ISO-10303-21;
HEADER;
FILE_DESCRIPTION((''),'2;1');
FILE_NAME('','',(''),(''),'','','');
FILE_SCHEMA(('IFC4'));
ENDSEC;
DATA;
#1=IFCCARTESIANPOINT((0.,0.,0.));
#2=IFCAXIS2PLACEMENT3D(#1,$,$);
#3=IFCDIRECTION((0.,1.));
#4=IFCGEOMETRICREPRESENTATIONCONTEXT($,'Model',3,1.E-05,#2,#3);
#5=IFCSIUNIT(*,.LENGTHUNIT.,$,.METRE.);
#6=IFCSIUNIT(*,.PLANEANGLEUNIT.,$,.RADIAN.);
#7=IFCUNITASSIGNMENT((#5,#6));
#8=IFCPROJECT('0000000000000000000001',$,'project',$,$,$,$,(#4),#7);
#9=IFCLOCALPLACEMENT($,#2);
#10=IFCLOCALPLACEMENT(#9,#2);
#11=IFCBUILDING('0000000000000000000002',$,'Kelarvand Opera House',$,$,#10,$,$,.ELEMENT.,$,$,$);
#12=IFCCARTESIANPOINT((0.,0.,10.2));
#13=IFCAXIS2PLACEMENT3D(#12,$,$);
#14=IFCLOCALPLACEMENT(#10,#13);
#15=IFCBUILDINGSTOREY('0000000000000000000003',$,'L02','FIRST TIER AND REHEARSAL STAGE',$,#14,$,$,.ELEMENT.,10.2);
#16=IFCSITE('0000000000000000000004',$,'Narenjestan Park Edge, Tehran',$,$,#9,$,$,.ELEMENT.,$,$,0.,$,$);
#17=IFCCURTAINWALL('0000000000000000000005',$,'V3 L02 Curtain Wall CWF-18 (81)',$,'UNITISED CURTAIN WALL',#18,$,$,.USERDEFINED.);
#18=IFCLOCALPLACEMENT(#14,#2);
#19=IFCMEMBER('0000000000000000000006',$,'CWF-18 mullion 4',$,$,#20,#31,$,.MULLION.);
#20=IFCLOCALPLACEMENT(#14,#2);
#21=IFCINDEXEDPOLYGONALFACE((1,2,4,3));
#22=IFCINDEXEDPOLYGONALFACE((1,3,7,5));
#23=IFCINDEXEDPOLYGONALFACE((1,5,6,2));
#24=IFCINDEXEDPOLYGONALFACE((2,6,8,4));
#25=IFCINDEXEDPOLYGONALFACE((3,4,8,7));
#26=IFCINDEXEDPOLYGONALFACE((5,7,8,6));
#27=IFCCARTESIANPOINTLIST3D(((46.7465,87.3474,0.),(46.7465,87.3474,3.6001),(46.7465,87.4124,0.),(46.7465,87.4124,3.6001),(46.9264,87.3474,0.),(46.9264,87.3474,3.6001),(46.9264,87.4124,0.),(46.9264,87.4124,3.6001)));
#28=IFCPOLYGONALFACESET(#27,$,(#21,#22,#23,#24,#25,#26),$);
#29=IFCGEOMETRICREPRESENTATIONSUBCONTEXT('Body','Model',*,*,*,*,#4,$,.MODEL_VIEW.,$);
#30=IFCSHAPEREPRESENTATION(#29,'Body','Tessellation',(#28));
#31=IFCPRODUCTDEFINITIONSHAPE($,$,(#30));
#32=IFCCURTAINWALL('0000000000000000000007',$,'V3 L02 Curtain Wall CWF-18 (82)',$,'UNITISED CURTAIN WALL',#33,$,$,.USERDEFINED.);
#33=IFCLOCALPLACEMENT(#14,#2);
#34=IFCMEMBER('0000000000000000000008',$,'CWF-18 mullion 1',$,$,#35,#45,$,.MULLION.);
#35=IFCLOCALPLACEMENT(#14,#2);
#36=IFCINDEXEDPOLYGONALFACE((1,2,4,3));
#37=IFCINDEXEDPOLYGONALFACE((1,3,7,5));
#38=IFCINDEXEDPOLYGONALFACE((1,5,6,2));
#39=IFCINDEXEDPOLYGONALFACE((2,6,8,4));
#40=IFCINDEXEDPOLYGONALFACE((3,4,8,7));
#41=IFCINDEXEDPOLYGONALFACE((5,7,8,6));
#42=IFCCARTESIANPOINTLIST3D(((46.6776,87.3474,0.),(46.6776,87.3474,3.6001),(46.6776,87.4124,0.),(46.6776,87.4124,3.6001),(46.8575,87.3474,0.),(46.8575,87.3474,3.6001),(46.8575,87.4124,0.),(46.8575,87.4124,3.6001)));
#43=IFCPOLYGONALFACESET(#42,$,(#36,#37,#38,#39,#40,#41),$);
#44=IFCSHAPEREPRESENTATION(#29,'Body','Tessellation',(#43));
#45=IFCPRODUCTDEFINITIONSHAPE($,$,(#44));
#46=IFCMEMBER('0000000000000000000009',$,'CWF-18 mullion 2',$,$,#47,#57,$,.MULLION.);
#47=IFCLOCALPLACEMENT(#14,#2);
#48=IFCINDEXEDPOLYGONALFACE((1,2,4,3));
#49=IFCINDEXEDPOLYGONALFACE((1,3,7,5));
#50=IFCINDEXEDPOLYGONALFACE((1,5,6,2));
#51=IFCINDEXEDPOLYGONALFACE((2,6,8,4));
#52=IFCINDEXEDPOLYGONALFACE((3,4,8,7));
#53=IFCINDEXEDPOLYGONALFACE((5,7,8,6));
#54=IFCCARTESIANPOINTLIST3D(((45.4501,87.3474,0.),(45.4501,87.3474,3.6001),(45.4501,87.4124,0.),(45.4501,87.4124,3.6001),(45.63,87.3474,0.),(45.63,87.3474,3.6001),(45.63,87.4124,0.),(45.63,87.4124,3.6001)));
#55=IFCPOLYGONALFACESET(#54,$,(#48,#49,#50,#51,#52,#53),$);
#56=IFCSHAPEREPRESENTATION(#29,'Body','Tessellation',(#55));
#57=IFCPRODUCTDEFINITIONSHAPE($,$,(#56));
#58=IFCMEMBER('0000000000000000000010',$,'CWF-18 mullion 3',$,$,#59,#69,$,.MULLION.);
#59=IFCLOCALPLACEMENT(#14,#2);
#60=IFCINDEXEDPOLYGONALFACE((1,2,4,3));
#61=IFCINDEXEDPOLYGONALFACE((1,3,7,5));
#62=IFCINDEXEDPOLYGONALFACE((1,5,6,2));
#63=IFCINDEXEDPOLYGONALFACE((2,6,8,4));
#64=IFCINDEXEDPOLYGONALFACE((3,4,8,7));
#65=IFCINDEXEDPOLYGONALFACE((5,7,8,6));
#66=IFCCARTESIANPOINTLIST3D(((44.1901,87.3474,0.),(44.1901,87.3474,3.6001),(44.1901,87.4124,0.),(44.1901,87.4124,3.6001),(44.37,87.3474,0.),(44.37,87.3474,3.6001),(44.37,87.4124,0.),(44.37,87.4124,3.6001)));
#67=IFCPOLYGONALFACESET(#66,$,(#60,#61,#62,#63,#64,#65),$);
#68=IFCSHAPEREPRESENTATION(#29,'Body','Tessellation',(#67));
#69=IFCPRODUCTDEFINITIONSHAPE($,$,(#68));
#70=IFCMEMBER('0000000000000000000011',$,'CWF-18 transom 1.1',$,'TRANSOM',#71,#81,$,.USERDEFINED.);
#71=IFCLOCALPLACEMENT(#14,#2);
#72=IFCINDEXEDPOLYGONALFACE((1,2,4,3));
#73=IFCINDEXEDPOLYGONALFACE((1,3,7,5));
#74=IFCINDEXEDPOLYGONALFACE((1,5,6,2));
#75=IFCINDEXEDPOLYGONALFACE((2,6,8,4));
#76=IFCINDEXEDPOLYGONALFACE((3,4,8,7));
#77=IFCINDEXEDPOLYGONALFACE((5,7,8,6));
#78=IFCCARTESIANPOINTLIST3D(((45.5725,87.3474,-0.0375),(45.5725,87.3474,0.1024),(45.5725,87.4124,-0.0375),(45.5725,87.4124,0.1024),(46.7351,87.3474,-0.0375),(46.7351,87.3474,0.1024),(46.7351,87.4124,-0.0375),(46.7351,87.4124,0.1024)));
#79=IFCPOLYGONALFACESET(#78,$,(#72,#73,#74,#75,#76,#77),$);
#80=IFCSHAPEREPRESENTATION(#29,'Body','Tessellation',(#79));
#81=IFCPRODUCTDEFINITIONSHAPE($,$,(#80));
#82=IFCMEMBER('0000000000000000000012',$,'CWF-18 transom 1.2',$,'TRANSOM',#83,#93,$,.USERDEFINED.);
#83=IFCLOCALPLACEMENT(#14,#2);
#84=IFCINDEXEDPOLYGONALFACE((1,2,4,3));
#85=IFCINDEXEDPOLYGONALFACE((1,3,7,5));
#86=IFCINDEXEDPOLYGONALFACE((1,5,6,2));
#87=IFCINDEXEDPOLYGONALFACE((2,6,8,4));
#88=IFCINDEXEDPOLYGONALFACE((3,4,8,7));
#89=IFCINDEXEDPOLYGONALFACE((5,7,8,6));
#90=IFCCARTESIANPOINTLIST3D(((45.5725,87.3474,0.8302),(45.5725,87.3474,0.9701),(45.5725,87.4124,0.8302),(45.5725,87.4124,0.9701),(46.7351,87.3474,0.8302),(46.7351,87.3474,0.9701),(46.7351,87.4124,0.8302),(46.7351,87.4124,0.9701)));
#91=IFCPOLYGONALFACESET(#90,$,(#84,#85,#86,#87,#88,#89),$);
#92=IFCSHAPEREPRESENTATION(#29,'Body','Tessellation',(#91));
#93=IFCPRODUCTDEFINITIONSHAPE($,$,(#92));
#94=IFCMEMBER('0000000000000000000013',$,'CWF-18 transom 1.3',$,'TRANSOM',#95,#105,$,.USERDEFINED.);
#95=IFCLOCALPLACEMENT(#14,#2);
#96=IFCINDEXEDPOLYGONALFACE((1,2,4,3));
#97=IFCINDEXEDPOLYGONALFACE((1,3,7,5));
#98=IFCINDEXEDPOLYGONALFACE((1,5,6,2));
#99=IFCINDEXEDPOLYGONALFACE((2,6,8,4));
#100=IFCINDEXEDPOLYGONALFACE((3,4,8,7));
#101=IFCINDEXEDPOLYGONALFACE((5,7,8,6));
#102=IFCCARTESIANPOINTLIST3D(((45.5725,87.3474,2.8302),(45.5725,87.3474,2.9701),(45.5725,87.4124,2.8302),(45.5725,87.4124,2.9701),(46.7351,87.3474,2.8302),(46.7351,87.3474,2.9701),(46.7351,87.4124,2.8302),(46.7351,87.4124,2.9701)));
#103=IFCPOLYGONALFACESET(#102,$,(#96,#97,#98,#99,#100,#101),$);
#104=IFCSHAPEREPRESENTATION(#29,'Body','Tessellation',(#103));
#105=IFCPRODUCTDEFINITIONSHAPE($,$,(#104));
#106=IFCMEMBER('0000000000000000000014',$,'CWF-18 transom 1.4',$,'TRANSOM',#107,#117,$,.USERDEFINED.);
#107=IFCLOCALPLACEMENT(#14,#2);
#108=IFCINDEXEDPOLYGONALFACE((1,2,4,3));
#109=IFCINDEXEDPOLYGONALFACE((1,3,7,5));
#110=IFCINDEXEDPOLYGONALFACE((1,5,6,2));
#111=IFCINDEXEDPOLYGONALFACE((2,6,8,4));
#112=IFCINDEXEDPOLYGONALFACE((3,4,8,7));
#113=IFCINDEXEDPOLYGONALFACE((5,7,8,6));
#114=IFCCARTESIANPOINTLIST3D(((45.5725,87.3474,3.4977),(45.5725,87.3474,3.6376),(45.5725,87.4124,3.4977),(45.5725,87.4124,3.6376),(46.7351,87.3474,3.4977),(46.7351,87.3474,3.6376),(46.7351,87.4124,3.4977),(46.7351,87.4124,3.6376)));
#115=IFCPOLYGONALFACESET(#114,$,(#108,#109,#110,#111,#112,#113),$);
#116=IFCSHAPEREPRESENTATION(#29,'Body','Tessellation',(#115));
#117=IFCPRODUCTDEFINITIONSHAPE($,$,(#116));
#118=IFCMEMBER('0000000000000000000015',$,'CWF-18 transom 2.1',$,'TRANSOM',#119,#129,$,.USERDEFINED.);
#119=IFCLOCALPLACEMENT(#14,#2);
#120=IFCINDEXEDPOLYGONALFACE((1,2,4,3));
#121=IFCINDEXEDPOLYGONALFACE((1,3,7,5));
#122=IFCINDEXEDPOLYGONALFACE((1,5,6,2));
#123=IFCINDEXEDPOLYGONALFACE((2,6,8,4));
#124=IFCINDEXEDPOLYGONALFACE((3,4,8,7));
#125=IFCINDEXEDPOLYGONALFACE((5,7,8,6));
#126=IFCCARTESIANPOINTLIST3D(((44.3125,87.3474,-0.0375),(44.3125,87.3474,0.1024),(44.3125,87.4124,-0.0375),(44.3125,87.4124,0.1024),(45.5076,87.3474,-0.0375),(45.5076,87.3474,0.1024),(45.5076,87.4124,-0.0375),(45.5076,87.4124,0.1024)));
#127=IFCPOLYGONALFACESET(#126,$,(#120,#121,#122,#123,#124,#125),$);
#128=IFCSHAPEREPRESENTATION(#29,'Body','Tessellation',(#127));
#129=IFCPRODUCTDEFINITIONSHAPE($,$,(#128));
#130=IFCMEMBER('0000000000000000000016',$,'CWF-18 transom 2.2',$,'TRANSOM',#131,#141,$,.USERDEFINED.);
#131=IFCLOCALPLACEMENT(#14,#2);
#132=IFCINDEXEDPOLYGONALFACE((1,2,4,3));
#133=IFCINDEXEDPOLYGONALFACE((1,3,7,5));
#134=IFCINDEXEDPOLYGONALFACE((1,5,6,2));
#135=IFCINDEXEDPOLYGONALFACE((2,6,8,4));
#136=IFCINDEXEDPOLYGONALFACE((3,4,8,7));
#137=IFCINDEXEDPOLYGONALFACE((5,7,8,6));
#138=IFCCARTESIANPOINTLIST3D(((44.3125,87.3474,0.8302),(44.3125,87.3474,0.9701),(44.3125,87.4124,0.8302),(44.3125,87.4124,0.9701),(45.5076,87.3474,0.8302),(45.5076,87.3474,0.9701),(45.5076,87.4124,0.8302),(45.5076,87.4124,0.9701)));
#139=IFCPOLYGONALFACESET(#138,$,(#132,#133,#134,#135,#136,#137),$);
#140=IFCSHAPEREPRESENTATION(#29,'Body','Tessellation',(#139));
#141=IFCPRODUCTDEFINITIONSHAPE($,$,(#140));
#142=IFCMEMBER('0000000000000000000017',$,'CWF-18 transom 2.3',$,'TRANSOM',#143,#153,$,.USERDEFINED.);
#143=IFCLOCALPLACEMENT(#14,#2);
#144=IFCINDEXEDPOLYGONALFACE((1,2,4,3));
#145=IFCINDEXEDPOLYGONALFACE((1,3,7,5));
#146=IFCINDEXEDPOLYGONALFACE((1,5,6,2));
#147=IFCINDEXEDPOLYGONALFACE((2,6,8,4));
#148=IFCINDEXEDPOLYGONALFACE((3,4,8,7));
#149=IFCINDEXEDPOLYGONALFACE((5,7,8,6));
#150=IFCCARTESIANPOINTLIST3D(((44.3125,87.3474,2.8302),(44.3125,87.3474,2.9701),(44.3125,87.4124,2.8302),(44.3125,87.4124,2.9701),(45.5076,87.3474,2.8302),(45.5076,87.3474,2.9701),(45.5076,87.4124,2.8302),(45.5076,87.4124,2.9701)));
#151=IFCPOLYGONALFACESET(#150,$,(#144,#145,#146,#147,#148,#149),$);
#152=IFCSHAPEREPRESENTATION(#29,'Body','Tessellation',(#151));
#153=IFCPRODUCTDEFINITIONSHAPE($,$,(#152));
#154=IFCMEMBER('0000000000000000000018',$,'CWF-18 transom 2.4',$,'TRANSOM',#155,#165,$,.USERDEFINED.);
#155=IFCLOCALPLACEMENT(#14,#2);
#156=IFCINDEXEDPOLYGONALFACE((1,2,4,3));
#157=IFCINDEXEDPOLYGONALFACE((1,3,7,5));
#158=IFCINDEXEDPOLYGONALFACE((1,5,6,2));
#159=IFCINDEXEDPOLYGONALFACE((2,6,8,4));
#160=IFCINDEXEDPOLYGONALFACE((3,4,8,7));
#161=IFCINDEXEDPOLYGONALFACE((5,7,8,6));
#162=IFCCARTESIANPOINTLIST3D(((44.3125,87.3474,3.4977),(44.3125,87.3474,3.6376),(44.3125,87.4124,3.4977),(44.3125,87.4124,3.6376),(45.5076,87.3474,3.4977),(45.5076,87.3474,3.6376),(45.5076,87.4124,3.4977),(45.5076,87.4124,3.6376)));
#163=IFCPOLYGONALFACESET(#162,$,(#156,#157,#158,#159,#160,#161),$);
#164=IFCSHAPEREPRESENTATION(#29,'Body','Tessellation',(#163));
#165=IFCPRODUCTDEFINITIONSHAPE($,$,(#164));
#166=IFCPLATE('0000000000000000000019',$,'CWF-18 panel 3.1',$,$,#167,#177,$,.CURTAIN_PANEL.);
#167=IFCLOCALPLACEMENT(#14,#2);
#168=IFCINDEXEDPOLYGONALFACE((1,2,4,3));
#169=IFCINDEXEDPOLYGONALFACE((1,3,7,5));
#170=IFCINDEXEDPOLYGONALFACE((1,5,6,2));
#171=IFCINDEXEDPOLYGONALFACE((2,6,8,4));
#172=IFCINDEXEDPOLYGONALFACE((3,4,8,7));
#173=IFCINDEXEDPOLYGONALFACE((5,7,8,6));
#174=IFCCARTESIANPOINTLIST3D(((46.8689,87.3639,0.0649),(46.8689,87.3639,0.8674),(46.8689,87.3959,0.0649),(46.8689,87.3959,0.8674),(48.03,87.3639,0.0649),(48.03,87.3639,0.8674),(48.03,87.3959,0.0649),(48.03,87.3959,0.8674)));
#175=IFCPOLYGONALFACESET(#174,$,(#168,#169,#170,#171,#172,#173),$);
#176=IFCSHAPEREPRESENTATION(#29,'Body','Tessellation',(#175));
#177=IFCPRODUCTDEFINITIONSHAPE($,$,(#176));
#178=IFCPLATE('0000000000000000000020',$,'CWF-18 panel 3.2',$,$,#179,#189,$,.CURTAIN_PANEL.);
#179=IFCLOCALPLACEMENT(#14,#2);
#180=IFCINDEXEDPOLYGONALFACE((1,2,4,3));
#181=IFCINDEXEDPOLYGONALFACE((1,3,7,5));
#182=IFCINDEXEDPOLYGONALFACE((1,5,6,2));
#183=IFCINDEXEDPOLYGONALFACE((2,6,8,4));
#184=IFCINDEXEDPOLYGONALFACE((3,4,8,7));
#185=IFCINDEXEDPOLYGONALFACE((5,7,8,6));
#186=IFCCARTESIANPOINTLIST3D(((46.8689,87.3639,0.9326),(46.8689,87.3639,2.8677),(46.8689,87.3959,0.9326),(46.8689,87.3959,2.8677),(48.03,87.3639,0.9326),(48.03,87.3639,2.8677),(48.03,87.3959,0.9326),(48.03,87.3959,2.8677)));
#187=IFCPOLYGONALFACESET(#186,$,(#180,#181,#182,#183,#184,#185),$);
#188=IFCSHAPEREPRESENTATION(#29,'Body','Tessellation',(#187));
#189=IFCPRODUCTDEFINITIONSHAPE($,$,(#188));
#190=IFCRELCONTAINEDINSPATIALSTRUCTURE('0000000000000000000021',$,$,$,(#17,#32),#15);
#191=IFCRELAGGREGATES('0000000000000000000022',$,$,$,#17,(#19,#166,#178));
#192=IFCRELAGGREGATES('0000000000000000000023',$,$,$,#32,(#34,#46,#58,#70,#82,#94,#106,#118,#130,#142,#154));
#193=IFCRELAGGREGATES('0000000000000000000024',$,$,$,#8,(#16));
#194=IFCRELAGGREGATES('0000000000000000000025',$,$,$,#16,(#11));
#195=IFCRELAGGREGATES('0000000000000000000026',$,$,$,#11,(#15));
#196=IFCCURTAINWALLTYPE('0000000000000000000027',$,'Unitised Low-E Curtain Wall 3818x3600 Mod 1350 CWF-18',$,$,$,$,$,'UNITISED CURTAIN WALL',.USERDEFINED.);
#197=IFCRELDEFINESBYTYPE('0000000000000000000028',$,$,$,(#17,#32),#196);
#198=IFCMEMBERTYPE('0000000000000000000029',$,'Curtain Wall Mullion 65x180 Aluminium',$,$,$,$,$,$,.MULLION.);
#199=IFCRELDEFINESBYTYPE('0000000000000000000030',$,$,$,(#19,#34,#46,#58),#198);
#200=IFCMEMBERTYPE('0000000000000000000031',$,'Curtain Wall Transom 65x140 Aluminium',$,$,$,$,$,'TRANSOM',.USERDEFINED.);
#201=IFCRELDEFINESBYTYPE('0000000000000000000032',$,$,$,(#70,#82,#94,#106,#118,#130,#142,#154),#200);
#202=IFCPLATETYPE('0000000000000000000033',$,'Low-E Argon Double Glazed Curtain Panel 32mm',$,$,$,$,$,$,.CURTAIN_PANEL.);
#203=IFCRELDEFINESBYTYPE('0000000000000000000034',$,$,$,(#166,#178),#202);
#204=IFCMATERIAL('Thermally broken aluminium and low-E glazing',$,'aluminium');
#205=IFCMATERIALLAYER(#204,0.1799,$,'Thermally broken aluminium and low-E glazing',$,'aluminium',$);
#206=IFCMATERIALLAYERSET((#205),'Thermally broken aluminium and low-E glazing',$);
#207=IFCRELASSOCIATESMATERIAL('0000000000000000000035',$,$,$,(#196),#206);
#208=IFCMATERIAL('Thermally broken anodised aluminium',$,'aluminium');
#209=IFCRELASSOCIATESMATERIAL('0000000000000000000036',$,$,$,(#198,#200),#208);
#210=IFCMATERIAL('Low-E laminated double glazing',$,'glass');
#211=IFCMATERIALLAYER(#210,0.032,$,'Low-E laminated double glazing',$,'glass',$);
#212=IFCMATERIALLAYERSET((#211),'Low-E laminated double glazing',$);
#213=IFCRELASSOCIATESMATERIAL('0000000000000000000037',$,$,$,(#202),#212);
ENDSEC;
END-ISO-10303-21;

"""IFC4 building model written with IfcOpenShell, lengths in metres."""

from ifc_helpers import new_model, si_unit, direction, frame, origin, origin_2d, place, context, subcontext, project, spatial, rectangle, extrude, material, layer, layer_set, material_profile, profile_set, type_object, element, aggregate, save


model = new_model("IFC4")

# Units and contexts
model_context = context("Model", 3, precision=1e-05, world=origin(), true_north=direction((0.0, 1.0)))
body_context = subcontext(model_context, "Body", "Model", "MODEL_VIEW")
ifc_project = project(units=[si_unit("LENGTHUNIT", "METRE"), si_unit("PLANEANGLEUNIT", "RADIAN")], contexts=[model_context])

# Site, building, storey
site_placement = place(None, origin())
site = spatial("IfcSite", under=ifc_project, at=site_placement, Name="Narenjestan Park Edge, Tehran", CompositionType="ELEMENT", RefElevation=0.0)
building_placement = place(site_placement, origin())
building = spatial("IfcBuilding", under=site, at=building_placement, Name="Kelarvand Opera House", CompositionType="ELEMENT")
storey_placement = place(building_placement, frame((0.0, 0.0, 10.2)))
storey = spatial("IfcBuildingStorey", under=building, at=storey_placement, Name="L02", Description="FIRST TIER AND REHEARSAL STAGE", CompositionType="ELEMENT", Elevation=10.2)

# Curtain wall, member
ifc_material_1 = material(Name="Thermally broken aluminium and low-E glazing", Category="aluminium")
ifc_layer_1 = layer(ifc_material_1, 0.1799, Name="Thermally broken aluminium and low-E glazing", Category="aluminium")
ifc_layer_set_1 = layer_set([ifc_layer_1], Name="Thermally broken aluminium and low-E glazing")
curtain_wall_type = type_object("IfcCurtainWallType", Name="Unitised Low-E Curtain Wall 3818x3600 Mod 1350 CWF-18", ElementType="UNITISED CURTAIN WALL", PredefinedType="USERDEFINED", material=ifc_layer_set_1)
curtain_wall_1_placement = place(storey_placement, origin())
curtain_wall_1 = element("IfcCurtainWall", 1, at=curtain_wall_1_placement, inside=storey, type_object=curtain_wall_type, Name="V3 L02 Curtain Wall CWF-18 (81)", ObjectType="UNITISED CURTAIN WALL", PredefinedType="USERDEFINED")
ifc_material_2 = material(Name="Thermally broken anodised aluminium", Category="aluminium")
ifc_material_profile_1 = material_profile(ifc_material_2, rectangle(XDim=0.0649, YDim=0.1799, at=origin_2d()), Name="ALU MULLION 65x180", Category="aluminium")
ifc_profile_set_1 = profile_set([ifc_material_profile_1], Name="Thermally broken anodised aluminium")
member_type_1 = type_object("IfcMemberType", Name="Curtain Wall Mullion 65x180 Aluminium", PredefinedType="MULLION", material=ifc_profile_set_1)
member_1_placement = place(storey_placement, frame((46.8364, 87.3799, 0.0), z_axis=(0.0, 0.0, 1.0), x_axis=(0.0, -1.0, 0.0)))
member_1 = element("IfcMember", 2, at=member_1_placement, type_object=member_type_1, Name="CWF-18 mullion 4", PredefinedType="MULLION", context=body_context, shape_type="SweptSolid", body=[
    extrude(rectangle(XDim=0.0649, YDim=0.1799, at=origin_2d()), origin(), (0.0, 0.0, 1.0), 3.6001),
])

# Curtain wall, members
curtain_wall_2_placement = place(storey_placement, origin())
curtain_wall_2 = element("IfcCurtainWall", 3, at=curtain_wall_2_placement, inside=storey, type_object=curtain_wall_type, Name="V3 L02 Curtain Wall CWF-18 (82)", ObjectType="UNITISED CURTAIN WALL", PredefinedType="USERDEFINED")
member_2_placement = place(storey_placement, frame((46.7676, 87.3799, 0.0), z_axis=(0.0, 0.0, 1.0), x_axis=(0.0, -1.0, 0.0)))
member_2 = element("IfcMember", 4, at=member_2_placement, type_object=member_type_1, Name="CWF-18 mullion 1", PredefinedType="MULLION", context=body_context, shape_type="SweptSolid", body=[
    extrude(rectangle(XDim=0.0649, YDim=0.1799, at=origin_2d()), origin(), (0.0, 0.0, 1.0), 3.6001),
])
member_3_placement = place(storey_placement, frame((45.54, 87.3799, 0.0), z_axis=(0.0, 0.0, 1.0), x_axis=(0.0, -1.0, 0.0)))
member_3 = element("IfcMember", 5, at=member_3_placement, type_object=member_type_1, Name="CWF-18 mullion 2", PredefinedType="MULLION", context=body_context, shape_type="SweptSolid", body=[
    extrude(rectangle(XDim=0.0649, YDim=0.1799, at=origin_2d()), origin(), (0.0, 0.0, 1.0), 3.6001),
])
member_4_placement = place(storey_placement, frame((44.28, 87.3799, 0.0), z_axis=(0.0, 0.0, 1.0), x_axis=(0.0, -1.0, 0.0)))
member_4 = element("IfcMember", 6, at=member_4_placement, type_object=member_type_1, Name="CWF-18 mullion 3", PredefinedType="MULLION", context=body_context, shape_type="SweptSolid", body=[
    extrude(rectangle(XDim=0.0649, YDim=0.1799, at=origin_2d()), origin(), (0.0, 0.0, 1.0), 3.6001),
])
ifc_material_profile_2 = material_profile(ifc_material_2, rectangle(XDim=0.0649, YDim=0.1399, at=origin_2d()), Name="ALU TRANSOM 65x140", Category="aluminium")
ifc_profile_set_2 = profile_set([ifc_material_profile_2], Name="Thermally broken anodised aluminium")
member_type_2 = type_object("IfcMemberType", Name="Curtain Wall Transom 65x140 Aluminium", ElementType="TRANSOM", PredefinedType="USERDEFINED", material=ifc_profile_set_2)
member_5_placement = place(storey_placement, frame((46.7351, 87.3799, 0.0325), z_axis=(-1.0, 0.0, 0.0), x_axis=(0.0, -1.0, 0.0)))
member_5 = element("IfcMember", 7, at=member_5_placement, type_object=member_type_2, Name="CWF-18 transom 1.1", ObjectType="TRANSOM", PredefinedType="USERDEFINED", context=body_context, shape_type="SweptSolid", body=[
    extrude(rectangle(XDim=0.0649, YDim=0.1399, at=origin_2d()), origin(), (0.0, 0.0, 1.0), 1.1626),
])
member_6_placement = place(storey_placement, frame((46.7351, 87.3799, 0.9001), z_axis=(-1.0, 0.0, 0.0), x_axis=(0.0, -1.0, 0.0)))
member_6 = element("IfcMember", 8, at=member_6_placement, type_object=member_type_2, Name="CWF-18 transom 1.2", ObjectType="TRANSOM", PredefinedType="USERDEFINED", context=body_context, shape_type="SweptSolid", body=[
    extrude(rectangle(XDim=0.0649, YDim=0.1399, at=origin_2d()), origin(), (0.0, 0.0, 1.0), 1.1626),
])
member_7_placement = place(storey_placement, frame((46.7351, 87.3799, 2.9001), z_axis=(-1.0, 0.0, 0.0), x_axis=(0.0, -1.0, 0.0)))
member_7 = element("IfcMember", 9, at=member_7_placement, type_object=member_type_2, Name="CWF-18 transom 1.3", ObjectType="TRANSOM", PredefinedType="USERDEFINED", context=body_context, shape_type="SweptSolid", body=[
    extrude(rectangle(XDim=0.0649, YDim=0.1399, at=origin_2d()), origin(), (0.0, 0.0, 1.0), 1.1626),
])
member_8_placement = place(storey_placement, frame((46.7351, 87.3799, 3.5676), z_axis=(-1.0, 0.0, 0.0), x_axis=(0.0, -1.0, 0.0)))
member_8 = element("IfcMember", 10, at=member_8_placement, type_object=member_type_2, Name="CWF-18 transom 1.4", ObjectType="TRANSOM", PredefinedType="USERDEFINED", context=body_context, shape_type="SweptSolid", body=[
    extrude(rectangle(XDim=0.0649, YDim=0.1399, at=origin_2d()), origin(), (0.0, 0.0, 1.0), 1.1626),
])
member_9_placement = place(storey_placement, frame((45.5076, 87.3799, 0.0325), z_axis=(-1.0, 0.0, 0.0), x_axis=(0.0, -1.0, 0.0)))
member_9 = element("IfcMember", 11, at=member_9_placement, type_object=member_type_2, Name="CWF-18 transom 2.1", ObjectType="TRANSOM", PredefinedType="USERDEFINED", context=body_context, shape_type="SweptSolid", body=[
    extrude(rectangle(XDim=0.0649, YDim=0.1399, at=origin_2d()), origin(), (0.0, 0.0, 1.0), 1.1951),
])
member_10_placement = place(storey_placement, frame((45.5076, 87.3799, 0.9001), z_axis=(-1.0, 0.0, 0.0), x_axis=(0.0, -1.0, 0.0)))
member_10 = element("IfcMember", 12, at=member_10_placement, type_object=member_type_2, Name="CWF-18 transom 2.2", ObjectType="TRANSOM", PredefinedType="USERDEFINED", context=body_context, shape_type="SweptSolid", body=[
    extrude(rectangle(XDim=0.0649, YDim=0.1399, at=origin_2d()), origin(), (0.0, 0.0, 1.0), 1.1951),
])
member_11_placement = place(storey_placement, frame((45.5076, 87.3799, 2.9001), z_axis=(-1.0, 0.0, 0.0), x_axis=(0.0, -1.0, 0.0)))
member_11 = element("IfcMember", 13, at=member_11_placement, type_object=member_type_2, Name="CWF-18 transom 2.3", ObjectType="TRANSOM", PredefinedType="USERDEFINED", context=body_context, shape_type="SweptSolid", body=[
    extrude(rectangle(XDim=0.0649, YDim=0.1399, at=origin_2d()), origin(), (0.0, 0.0, 1.0), 1.1951),
])
member_12_placement = place(storey_placement, frame((45.5076, 87.3799, 3.5676), z_axis=(-1.0, 0.0, 0.0), x_axis=(0.0, -1.0, 0.0)))
member_12 = element("IfcMember", 14, at=member_12_placement, type_object=member_type_2, Name="CWF-18 transom 2.4", ObjectType="TRANSOM", PredefinedType="USERDEFINED", context=body_context, shape_type="SweptSolid", body=[
    extrude(rectangle(XDim=0.0649, YDim=0.1399, at=origin_2d()), origin(), (0.0, 0.0, 1.0), 1.1951),
])

# Plates
ifc_material_3 = material(Name="Low-E laminated double glazing", Category="glass")
ifc_layer_2 = layer(ifc_material_3, 0.032, Name="Low-E laminated double glazing", Category="glass")
ifc_layer_set_2 = layer_set([ifc_layer_2], Name="Low-E laminated double glazing")
plate_type = type_object("IfcPlateType", Name="Low-E Argon Double Glazed Curtain Panel 32mm", PredefinedType="CURTAIN_PANEL", material=ifc_layer_set_2)
plate_1_placement = place(storey_placement, frame((47.4495, 87.3799, 0.0649), z_axis=(0.0, 0.0, 1.0), x_axis=(-1.0, 0.0, 0.0)))
plate_1 = element("IfcPlate", 15, at=plate_1_placement, type_object=plate_type, Name="CWF-18 panel 3.1", PredefinedType="CURTAIN_PANEL", context=body_context, shape_type="SweptSolid", body=[
    extrude(rectangle(XDim=1.1611, YDim=0.032, at=origin_2d()), origin(), (0.0, 0.0, 1.0), 0.8025),
])
plate_2_placement = place(storey_placement, frame((47.4495, 87.3799, 0.9326), z_axis=(0.0, 0.0, 1.0), x_axis=(-1.0, 0.0, 0.0)))
plate_2 = element("IfcPlate", 16, at=plate_2_placement, type_object=plate_type, Name="CWF-18 panel 3.2", PredefinedType="CURTAIN_PANEL", context=body_context, shape_type="SweptSolid", body=[
    extrude(rectangle(XDim=1.1611, YDim=0.032, at=origin_2d()), origin(), (0.0, 0.0, 1.0), 1.9351),
])
aggregate(curtain_wall_1, [member_1, plate_1, plate_2])
aggregate(curtain_wall_2, [member_2, member_3, member_4, member_5, member_6, member_7, member_8, member_9, member_10, member_11, member_12])

save(model, "model.ifc")
